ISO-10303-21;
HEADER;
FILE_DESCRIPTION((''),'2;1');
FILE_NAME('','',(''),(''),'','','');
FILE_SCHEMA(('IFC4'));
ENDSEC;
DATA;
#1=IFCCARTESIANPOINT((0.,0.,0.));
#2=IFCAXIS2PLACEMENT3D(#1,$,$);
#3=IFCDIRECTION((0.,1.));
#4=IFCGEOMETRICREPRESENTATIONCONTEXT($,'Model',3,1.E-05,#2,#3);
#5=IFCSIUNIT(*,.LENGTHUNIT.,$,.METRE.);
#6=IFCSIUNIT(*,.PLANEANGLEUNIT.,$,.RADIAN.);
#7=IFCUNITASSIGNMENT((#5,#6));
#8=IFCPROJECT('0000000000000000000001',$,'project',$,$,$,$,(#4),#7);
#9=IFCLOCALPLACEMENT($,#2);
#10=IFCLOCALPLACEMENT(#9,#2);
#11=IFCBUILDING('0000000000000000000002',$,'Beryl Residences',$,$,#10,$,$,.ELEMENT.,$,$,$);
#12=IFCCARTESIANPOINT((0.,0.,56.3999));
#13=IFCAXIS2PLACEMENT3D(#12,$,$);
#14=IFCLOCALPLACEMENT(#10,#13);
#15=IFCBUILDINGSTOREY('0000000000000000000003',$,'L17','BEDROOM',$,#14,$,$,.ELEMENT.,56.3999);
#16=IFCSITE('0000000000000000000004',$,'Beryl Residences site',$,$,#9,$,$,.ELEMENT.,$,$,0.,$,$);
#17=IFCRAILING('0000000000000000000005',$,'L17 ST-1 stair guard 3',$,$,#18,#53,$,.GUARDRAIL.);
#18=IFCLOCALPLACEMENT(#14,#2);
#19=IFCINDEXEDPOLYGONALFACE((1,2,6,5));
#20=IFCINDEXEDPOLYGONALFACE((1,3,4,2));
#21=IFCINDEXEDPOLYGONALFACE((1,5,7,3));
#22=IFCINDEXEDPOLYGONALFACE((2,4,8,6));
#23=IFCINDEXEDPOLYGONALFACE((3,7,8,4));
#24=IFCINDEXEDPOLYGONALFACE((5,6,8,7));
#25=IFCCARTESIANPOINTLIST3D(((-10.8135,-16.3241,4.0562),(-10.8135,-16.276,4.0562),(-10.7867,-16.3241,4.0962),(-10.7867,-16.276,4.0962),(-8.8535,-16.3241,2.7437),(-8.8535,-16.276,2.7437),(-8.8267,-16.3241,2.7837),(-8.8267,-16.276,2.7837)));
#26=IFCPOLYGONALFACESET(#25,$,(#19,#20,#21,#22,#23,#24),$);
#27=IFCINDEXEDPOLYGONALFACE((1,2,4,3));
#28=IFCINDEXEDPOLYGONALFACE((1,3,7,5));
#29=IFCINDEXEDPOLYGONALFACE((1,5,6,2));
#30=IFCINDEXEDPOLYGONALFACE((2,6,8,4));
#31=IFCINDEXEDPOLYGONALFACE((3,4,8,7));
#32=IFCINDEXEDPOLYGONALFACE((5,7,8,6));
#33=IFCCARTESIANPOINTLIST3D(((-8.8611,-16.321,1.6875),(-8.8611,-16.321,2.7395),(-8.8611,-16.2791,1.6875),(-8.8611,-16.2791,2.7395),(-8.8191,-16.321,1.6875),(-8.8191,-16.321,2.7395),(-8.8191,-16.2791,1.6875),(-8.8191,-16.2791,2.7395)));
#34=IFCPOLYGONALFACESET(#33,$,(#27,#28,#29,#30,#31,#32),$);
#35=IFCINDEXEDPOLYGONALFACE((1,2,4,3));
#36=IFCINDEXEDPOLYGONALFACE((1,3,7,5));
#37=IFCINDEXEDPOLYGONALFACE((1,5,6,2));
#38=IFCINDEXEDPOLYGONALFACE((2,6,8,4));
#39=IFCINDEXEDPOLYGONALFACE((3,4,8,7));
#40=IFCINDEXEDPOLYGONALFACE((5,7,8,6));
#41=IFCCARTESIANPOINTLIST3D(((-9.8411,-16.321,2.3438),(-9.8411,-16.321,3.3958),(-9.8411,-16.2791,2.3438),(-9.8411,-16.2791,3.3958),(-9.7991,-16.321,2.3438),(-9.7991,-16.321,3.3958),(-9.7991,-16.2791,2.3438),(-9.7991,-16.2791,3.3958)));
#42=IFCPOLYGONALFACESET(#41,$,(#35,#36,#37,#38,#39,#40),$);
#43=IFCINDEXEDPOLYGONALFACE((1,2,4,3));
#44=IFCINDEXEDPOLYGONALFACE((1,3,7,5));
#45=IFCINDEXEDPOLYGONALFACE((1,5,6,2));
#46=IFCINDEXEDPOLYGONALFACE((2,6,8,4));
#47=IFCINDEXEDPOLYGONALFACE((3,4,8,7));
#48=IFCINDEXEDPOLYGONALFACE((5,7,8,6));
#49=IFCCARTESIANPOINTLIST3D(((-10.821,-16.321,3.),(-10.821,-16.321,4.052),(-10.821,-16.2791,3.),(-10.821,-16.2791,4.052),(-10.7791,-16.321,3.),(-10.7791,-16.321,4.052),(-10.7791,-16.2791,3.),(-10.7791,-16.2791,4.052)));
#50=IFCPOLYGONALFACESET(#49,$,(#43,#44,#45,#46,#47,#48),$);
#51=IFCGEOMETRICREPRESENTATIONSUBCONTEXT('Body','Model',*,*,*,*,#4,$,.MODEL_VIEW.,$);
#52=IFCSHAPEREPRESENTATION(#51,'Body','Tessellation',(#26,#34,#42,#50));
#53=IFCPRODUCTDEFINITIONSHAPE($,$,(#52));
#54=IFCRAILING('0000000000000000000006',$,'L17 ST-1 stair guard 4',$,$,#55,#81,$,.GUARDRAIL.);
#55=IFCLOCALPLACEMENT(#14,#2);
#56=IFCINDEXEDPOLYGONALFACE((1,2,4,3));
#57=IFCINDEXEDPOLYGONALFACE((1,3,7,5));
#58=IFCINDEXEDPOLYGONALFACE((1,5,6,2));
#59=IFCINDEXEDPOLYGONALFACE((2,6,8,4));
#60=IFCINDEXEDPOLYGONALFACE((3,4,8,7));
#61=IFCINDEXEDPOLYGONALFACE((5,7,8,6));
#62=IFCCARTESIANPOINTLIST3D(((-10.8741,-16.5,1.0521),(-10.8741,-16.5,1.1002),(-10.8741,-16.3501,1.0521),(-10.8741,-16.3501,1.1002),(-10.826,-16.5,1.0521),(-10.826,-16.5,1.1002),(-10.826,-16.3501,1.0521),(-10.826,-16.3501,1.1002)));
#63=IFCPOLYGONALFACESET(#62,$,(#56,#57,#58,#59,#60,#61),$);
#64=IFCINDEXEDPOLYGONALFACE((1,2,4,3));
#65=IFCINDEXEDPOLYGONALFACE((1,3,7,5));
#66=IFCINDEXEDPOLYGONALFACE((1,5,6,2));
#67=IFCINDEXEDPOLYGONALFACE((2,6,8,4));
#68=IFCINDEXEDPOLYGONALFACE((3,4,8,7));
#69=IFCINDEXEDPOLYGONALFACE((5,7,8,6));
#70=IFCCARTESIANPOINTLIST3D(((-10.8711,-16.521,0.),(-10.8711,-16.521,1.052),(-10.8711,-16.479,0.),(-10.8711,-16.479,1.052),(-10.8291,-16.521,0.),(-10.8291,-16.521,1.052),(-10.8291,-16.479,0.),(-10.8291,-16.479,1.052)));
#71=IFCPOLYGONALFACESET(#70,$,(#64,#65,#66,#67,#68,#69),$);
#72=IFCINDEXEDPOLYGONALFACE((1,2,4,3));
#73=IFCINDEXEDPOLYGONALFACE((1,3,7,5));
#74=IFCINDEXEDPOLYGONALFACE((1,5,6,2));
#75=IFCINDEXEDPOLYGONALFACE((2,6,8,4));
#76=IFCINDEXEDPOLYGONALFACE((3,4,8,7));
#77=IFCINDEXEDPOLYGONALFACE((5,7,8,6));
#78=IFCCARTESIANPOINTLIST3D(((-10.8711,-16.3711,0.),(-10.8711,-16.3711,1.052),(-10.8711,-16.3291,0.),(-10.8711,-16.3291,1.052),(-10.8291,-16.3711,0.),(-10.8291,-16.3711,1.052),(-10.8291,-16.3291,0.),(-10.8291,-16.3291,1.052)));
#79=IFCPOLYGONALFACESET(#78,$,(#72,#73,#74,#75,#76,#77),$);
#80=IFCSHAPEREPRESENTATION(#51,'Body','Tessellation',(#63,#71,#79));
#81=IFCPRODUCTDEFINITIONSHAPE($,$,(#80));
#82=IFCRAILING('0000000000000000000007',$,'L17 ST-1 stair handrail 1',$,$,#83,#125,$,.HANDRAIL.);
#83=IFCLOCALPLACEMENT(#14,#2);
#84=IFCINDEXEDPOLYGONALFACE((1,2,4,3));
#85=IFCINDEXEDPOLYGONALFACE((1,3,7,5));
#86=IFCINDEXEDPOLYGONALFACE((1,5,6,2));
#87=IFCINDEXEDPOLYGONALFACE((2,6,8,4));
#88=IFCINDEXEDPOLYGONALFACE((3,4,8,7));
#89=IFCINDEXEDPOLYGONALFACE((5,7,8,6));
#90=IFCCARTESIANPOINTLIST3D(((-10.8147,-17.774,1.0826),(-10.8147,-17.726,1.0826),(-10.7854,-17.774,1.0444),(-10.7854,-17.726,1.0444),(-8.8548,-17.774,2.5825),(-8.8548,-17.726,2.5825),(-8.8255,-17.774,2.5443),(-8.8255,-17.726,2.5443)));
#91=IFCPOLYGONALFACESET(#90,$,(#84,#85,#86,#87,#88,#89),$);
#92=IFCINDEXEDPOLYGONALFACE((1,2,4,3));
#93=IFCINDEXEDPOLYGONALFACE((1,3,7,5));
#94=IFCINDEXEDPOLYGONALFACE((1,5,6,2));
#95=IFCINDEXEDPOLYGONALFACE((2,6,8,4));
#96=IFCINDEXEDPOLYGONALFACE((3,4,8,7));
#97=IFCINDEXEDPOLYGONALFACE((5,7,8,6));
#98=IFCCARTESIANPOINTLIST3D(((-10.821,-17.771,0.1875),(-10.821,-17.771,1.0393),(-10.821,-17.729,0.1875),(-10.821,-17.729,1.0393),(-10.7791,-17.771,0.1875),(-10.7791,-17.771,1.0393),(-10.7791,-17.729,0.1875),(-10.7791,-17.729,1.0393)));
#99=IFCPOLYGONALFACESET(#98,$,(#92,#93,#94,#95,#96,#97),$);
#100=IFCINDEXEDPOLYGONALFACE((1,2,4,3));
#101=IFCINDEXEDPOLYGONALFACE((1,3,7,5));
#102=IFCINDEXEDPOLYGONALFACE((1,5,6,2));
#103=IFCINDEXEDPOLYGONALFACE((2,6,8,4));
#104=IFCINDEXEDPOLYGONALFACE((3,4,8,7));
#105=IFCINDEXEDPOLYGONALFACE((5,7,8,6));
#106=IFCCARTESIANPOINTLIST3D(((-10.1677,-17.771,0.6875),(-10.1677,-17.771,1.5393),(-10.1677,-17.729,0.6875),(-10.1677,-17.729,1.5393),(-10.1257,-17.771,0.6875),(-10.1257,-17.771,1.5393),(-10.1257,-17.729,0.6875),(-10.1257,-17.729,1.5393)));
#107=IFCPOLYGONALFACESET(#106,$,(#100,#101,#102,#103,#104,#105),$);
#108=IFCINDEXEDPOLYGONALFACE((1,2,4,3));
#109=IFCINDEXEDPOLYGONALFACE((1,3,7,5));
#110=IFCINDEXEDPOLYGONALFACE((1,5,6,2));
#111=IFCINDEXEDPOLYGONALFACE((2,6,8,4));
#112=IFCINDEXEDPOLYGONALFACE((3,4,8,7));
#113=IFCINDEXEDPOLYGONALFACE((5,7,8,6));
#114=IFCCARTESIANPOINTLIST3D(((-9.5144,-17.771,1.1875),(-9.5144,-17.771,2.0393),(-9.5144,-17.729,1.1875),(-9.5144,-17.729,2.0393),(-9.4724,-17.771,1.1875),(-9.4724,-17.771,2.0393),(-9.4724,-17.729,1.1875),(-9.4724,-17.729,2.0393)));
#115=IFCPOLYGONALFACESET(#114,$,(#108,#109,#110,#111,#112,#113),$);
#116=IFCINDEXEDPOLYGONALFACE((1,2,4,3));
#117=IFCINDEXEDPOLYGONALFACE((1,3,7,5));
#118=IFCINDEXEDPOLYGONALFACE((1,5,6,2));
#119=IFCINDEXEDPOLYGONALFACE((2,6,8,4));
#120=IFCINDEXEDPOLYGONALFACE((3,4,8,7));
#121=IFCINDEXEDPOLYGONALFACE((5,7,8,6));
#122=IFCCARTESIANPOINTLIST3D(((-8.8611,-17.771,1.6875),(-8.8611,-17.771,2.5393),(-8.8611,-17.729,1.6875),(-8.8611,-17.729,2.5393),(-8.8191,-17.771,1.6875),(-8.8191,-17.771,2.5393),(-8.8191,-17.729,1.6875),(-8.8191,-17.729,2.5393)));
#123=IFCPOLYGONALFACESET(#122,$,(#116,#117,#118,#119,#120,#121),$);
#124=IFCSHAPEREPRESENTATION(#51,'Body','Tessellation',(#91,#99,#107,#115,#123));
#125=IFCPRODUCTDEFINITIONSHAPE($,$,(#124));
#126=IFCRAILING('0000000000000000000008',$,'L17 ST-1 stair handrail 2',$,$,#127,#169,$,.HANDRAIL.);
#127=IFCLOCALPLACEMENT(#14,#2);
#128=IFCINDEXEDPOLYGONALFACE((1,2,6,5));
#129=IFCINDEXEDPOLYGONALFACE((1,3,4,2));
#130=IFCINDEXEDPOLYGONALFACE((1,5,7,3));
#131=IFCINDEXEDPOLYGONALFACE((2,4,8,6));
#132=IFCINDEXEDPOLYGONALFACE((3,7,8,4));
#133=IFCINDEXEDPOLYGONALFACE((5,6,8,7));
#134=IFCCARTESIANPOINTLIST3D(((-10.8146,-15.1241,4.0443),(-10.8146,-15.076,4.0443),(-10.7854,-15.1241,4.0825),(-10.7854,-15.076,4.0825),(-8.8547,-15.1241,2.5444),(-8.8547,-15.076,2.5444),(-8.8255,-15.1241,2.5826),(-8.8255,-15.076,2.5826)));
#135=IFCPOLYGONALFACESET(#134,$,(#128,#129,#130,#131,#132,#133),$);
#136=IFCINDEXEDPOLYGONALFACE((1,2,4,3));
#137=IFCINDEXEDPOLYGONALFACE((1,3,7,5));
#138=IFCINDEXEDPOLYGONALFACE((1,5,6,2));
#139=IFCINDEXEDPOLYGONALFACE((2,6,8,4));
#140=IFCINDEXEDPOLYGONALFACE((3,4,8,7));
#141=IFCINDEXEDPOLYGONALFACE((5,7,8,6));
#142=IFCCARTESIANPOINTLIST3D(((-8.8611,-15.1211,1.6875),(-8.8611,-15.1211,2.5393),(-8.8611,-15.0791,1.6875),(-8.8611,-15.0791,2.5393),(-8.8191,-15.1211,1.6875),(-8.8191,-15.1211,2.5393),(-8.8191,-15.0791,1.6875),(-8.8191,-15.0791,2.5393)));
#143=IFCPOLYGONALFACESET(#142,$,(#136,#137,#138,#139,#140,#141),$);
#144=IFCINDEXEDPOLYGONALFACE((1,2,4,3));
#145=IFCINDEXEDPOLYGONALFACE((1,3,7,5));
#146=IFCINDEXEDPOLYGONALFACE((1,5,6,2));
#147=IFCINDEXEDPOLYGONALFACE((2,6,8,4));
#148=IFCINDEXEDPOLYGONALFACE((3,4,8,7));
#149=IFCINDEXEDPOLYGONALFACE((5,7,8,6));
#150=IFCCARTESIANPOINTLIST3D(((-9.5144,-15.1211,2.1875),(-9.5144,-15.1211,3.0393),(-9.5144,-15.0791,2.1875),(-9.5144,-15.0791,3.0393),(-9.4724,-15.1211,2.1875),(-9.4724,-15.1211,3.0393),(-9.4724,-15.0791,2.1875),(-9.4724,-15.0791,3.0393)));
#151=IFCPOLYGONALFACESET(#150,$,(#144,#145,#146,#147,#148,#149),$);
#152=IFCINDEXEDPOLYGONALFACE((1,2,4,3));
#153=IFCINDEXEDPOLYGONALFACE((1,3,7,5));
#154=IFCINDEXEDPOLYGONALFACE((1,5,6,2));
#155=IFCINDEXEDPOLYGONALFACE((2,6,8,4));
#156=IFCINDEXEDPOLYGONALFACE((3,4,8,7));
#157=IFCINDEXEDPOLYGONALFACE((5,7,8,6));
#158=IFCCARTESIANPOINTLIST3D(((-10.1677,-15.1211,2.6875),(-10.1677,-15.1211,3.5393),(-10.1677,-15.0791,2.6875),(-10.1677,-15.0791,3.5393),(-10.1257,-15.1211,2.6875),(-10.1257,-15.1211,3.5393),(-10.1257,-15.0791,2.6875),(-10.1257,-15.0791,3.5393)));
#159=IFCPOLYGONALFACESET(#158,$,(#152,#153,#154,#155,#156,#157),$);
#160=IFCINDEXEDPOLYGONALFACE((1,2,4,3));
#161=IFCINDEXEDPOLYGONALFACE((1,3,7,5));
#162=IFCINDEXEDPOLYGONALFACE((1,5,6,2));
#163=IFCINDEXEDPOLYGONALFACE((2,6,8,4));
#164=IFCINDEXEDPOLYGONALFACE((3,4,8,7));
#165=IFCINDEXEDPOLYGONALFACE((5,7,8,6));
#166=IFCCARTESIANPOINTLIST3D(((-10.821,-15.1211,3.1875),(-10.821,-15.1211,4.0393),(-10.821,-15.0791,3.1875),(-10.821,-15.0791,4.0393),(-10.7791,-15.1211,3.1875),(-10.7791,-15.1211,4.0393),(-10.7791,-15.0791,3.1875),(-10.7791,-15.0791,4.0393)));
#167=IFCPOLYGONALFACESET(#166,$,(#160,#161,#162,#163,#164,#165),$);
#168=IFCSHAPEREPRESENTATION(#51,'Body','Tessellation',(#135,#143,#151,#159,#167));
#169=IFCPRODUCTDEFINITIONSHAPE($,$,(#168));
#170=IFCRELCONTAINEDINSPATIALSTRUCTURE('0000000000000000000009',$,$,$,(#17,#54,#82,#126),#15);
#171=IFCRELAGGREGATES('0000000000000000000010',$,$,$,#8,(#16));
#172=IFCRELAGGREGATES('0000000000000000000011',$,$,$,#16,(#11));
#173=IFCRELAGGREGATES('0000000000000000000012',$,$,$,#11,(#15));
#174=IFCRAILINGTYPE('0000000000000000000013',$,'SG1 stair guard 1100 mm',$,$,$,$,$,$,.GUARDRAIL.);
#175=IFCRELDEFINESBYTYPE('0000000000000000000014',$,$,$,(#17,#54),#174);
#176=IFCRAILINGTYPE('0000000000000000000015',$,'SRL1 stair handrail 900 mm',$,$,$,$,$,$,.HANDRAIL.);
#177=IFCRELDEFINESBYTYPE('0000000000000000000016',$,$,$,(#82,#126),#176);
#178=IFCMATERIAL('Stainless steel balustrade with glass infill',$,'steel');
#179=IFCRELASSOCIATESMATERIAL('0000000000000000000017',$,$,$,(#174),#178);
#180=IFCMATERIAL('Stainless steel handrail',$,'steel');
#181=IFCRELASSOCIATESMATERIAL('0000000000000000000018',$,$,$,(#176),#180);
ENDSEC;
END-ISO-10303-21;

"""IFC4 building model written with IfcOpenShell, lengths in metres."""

from ifc_helpers import new_model, si_unit, direction, frame, origin, origin_2d, place, context, subcontext, project, spatial, rectangle, extrude, material, type_object, element, save


model = new_model("IFC4")

# Units and contexts
model_context = context("Model", 3, precision=1e-05, world=origin(), true_north=direction((0.0, 1.0)))
body_context = subcontext(model_context, "Body", "Model", "MODEL_VIEW")
ifc_project = project(units=[si_unit("LENGTHUNIT", "METRE"), si_unit("PLANEANGLEUNIT", "RADIAN")], contexts=[model_context])

# Site, building, storey
site_placement = place(None, origin())
site = spatial("IfcSite", under=ifc_project, at=site_placement, Name="Beryl Residences site", CompositionType="ELEMENT", RefElevation=0.0)
building_placement = place(site_placement, origin())
building = spatial("IfcBuilding", under=site, at=building_placement, Name="Beryl Residences", CompositionType="ELEMENT")
storey_placement = place(building_placement, frame((0.0, 0.0, 56.3999)))
storey = spatial("IfcBuildingStorey", under=building, at=storey_placement, Name="L17", Description="BEDROOM", CompositionType="ELEMENT", Elevation=56.3999)

# Railings
ifc_material_1 = material(Name="Stainless steel balustrade with glass infill", Category="steel")
railing_type_1 = type_object("IfcRailingType", Name="SG1 stair guard 1100 mm", PredefinedType="GUARDRAIL", material=ifc_material_1)
railing_1_placement = place(storey_placement, frame((-8.8401, -16.3, 1.6875)))
element("IfcRailing", 1, at=railing_1_placement, inside=storey, type_object=railing_type_1, Name="L17 ST-1 stair guard 3", PredefinedType="GUARDRAIL", context=body_context, shape_type="SweptSolid", body=[
    extrude(rectangle(XDim=0.0481, YDim=0.0481, at=origin_2d()), frame((0.0, 0.0, 1.0762), z_axis=(-0.830902, 0.0, 0.556419), x_axis=(0.0, -1.0, 0.0)), (0.0, 0.0, 1.0), 2.3589),
    extrude(rectangle(XDim=0.042, YDim=0.042, at=origin_2d()), origin(), (0.0, 0.0, 1.0), 1.052),
    extrude(rectangle(XDim=0.042, YDim=0.042, at=origin_2d()), frame((-0.98, 0.0, 0.6562)), (0.0, 0.0, 1.0), 1.052),
    extrude(rectangle(XDim=0.042, YDim=0.042, at=origin_2d()), frame((-1.96, 0.0, 1.3125)), (0.0, 0.0, 1.0), 1.052),
])
railing_2_placement = place(storey_placement, frame((-10.8501, -16.5, 0.0)))
element("IfcRailing", 2, at=railing_2_placement, inside=storey, type_object=railing_type_1, Name="L17 ST-1 stair guard 4", PredefinedType="GUARDRAIL", context=body_context, shape_type="SweptSolid", body=[
    extrude(rectangle(XDim=0.0481, YDim=0.0481, at=origin_2d()), frame((0.0, 0.0, 1.0762), z_axis=(0.0, 1.0, 0.0), x_axis=(-1.0, 0.0, 0.0)), (0.0, 0.0, 1.0), 0.1499),
    extrude(rectangle(XDim=0.042, YDim=0.042, at=origin_2d()), origin(), (0.0, 0.0, 1.0), 1.052),
    extrude(rectangle(XDim=0.042, YDim=0.042, at=origin_2d()), frame((0.0, 0.1499, 0.0)), (0.0, 0.0, 1.0), 1.052),
])
ifc_material_2 = material(Name="Stainless steel handrail", Category="steel")
railing_type_2 = type_object("IfcRailingType", Name="SRL1 stair handrail 900 mm", PredefinedType="HANDRAIL", material=ifc_material_2)
railing_3_placement = place(storey_placement, frame((-10.8, -17.75, 0.1875)))
element("IfcRailing", 3, at=railing_3_placement, inside=storey, type_object=railing_type_2, Name="L17 ST-1 stair handrail 1", PredefinedType="HANDRAIL", context=body_context, shape_type="SweptSolid", body=[
    extrude(rectangle(XDim=0.0481, YDim=0.0481, at=origin_2d()), frame((0.0, 0.0, 0.876), z_axis=(0.794122, 0.0, 0.607758), x_axis=(0.0, 1.0, 0.0)), (0.0, 0.0, 1.0), 2.468),
    extrude(rectangle(XDim=0.042, YDim=0.042, at=origin_2d()), origin(), (0.0, 0.0, 1.0), 0.8518),
    extrude(rectangle(XDim=0.042, YDim=0.042, at=origin_2d()), frame((0.6533, 0.0, 0.5)), (0.0, 0.0, 1.0), 0.8518),
    extrude(rectangle(XDim=0.042, YDim=0.042, at=origin_2d()), frame((1.3066, 0.0, 1.0)), (0.0, 0.0, 1.0), 0.8518),
    extrude(rectangle(XDim=0.042, YDim=0.042, at=origin_2d()), frame((1.96, 0.0, 1.5)), (0.0, 0.0, 1.0), 0.8518),
])
railing_4_placement = place(storey_placement, frame((-8.8401, -15.1001, 1.6875)))
element("IfcRailing", 4, at=railing_4_placement, inside=storey, type_object=railing_type_2, Name="L17 ST-1 stair handrail 2", PredefinedType="HANDRAIL", context=body_context, shape_type="SweptSolid", body=[
    extrude(rectangle(XDim=0.0481, YDim=0.0481, at=origin_2d()), frame((0.0, 0.0, 0.876), z_axis=(-0.794122, 0.0, 0.607758), x_axis=(0.0, -1.0, 0.0)), (0.0, 0.0, 1.0), 2.468),
    extrude(rectangle(XDim=0.042, YDim=0.042, at=origin_2d()), origin(), (0.0, 0.0, 1.0), 0.8518),
    extrude(rectangle(XDim=0.042, YDim=0.042, at=origin_2d()), frame((-0.6533, 0.0, 0.5)), (0.0, 0.0, 1.0), 0.8518),
    extrude(rectangle(XDim=0.042, YDim=0.042, at=origin_2d()), frame((-1.3066, 0.0, 1.0)), (0.0, 0.0, 1.0), 0.8518),
    extrude(rectangle(XDim=0.042, YDim=0.042, at=origin_2d()), frame((-1.96, 0.0, 1.5)), (0.0, 0.0, 1.0), 0.8518),
])

save(model, "model.ifc")
